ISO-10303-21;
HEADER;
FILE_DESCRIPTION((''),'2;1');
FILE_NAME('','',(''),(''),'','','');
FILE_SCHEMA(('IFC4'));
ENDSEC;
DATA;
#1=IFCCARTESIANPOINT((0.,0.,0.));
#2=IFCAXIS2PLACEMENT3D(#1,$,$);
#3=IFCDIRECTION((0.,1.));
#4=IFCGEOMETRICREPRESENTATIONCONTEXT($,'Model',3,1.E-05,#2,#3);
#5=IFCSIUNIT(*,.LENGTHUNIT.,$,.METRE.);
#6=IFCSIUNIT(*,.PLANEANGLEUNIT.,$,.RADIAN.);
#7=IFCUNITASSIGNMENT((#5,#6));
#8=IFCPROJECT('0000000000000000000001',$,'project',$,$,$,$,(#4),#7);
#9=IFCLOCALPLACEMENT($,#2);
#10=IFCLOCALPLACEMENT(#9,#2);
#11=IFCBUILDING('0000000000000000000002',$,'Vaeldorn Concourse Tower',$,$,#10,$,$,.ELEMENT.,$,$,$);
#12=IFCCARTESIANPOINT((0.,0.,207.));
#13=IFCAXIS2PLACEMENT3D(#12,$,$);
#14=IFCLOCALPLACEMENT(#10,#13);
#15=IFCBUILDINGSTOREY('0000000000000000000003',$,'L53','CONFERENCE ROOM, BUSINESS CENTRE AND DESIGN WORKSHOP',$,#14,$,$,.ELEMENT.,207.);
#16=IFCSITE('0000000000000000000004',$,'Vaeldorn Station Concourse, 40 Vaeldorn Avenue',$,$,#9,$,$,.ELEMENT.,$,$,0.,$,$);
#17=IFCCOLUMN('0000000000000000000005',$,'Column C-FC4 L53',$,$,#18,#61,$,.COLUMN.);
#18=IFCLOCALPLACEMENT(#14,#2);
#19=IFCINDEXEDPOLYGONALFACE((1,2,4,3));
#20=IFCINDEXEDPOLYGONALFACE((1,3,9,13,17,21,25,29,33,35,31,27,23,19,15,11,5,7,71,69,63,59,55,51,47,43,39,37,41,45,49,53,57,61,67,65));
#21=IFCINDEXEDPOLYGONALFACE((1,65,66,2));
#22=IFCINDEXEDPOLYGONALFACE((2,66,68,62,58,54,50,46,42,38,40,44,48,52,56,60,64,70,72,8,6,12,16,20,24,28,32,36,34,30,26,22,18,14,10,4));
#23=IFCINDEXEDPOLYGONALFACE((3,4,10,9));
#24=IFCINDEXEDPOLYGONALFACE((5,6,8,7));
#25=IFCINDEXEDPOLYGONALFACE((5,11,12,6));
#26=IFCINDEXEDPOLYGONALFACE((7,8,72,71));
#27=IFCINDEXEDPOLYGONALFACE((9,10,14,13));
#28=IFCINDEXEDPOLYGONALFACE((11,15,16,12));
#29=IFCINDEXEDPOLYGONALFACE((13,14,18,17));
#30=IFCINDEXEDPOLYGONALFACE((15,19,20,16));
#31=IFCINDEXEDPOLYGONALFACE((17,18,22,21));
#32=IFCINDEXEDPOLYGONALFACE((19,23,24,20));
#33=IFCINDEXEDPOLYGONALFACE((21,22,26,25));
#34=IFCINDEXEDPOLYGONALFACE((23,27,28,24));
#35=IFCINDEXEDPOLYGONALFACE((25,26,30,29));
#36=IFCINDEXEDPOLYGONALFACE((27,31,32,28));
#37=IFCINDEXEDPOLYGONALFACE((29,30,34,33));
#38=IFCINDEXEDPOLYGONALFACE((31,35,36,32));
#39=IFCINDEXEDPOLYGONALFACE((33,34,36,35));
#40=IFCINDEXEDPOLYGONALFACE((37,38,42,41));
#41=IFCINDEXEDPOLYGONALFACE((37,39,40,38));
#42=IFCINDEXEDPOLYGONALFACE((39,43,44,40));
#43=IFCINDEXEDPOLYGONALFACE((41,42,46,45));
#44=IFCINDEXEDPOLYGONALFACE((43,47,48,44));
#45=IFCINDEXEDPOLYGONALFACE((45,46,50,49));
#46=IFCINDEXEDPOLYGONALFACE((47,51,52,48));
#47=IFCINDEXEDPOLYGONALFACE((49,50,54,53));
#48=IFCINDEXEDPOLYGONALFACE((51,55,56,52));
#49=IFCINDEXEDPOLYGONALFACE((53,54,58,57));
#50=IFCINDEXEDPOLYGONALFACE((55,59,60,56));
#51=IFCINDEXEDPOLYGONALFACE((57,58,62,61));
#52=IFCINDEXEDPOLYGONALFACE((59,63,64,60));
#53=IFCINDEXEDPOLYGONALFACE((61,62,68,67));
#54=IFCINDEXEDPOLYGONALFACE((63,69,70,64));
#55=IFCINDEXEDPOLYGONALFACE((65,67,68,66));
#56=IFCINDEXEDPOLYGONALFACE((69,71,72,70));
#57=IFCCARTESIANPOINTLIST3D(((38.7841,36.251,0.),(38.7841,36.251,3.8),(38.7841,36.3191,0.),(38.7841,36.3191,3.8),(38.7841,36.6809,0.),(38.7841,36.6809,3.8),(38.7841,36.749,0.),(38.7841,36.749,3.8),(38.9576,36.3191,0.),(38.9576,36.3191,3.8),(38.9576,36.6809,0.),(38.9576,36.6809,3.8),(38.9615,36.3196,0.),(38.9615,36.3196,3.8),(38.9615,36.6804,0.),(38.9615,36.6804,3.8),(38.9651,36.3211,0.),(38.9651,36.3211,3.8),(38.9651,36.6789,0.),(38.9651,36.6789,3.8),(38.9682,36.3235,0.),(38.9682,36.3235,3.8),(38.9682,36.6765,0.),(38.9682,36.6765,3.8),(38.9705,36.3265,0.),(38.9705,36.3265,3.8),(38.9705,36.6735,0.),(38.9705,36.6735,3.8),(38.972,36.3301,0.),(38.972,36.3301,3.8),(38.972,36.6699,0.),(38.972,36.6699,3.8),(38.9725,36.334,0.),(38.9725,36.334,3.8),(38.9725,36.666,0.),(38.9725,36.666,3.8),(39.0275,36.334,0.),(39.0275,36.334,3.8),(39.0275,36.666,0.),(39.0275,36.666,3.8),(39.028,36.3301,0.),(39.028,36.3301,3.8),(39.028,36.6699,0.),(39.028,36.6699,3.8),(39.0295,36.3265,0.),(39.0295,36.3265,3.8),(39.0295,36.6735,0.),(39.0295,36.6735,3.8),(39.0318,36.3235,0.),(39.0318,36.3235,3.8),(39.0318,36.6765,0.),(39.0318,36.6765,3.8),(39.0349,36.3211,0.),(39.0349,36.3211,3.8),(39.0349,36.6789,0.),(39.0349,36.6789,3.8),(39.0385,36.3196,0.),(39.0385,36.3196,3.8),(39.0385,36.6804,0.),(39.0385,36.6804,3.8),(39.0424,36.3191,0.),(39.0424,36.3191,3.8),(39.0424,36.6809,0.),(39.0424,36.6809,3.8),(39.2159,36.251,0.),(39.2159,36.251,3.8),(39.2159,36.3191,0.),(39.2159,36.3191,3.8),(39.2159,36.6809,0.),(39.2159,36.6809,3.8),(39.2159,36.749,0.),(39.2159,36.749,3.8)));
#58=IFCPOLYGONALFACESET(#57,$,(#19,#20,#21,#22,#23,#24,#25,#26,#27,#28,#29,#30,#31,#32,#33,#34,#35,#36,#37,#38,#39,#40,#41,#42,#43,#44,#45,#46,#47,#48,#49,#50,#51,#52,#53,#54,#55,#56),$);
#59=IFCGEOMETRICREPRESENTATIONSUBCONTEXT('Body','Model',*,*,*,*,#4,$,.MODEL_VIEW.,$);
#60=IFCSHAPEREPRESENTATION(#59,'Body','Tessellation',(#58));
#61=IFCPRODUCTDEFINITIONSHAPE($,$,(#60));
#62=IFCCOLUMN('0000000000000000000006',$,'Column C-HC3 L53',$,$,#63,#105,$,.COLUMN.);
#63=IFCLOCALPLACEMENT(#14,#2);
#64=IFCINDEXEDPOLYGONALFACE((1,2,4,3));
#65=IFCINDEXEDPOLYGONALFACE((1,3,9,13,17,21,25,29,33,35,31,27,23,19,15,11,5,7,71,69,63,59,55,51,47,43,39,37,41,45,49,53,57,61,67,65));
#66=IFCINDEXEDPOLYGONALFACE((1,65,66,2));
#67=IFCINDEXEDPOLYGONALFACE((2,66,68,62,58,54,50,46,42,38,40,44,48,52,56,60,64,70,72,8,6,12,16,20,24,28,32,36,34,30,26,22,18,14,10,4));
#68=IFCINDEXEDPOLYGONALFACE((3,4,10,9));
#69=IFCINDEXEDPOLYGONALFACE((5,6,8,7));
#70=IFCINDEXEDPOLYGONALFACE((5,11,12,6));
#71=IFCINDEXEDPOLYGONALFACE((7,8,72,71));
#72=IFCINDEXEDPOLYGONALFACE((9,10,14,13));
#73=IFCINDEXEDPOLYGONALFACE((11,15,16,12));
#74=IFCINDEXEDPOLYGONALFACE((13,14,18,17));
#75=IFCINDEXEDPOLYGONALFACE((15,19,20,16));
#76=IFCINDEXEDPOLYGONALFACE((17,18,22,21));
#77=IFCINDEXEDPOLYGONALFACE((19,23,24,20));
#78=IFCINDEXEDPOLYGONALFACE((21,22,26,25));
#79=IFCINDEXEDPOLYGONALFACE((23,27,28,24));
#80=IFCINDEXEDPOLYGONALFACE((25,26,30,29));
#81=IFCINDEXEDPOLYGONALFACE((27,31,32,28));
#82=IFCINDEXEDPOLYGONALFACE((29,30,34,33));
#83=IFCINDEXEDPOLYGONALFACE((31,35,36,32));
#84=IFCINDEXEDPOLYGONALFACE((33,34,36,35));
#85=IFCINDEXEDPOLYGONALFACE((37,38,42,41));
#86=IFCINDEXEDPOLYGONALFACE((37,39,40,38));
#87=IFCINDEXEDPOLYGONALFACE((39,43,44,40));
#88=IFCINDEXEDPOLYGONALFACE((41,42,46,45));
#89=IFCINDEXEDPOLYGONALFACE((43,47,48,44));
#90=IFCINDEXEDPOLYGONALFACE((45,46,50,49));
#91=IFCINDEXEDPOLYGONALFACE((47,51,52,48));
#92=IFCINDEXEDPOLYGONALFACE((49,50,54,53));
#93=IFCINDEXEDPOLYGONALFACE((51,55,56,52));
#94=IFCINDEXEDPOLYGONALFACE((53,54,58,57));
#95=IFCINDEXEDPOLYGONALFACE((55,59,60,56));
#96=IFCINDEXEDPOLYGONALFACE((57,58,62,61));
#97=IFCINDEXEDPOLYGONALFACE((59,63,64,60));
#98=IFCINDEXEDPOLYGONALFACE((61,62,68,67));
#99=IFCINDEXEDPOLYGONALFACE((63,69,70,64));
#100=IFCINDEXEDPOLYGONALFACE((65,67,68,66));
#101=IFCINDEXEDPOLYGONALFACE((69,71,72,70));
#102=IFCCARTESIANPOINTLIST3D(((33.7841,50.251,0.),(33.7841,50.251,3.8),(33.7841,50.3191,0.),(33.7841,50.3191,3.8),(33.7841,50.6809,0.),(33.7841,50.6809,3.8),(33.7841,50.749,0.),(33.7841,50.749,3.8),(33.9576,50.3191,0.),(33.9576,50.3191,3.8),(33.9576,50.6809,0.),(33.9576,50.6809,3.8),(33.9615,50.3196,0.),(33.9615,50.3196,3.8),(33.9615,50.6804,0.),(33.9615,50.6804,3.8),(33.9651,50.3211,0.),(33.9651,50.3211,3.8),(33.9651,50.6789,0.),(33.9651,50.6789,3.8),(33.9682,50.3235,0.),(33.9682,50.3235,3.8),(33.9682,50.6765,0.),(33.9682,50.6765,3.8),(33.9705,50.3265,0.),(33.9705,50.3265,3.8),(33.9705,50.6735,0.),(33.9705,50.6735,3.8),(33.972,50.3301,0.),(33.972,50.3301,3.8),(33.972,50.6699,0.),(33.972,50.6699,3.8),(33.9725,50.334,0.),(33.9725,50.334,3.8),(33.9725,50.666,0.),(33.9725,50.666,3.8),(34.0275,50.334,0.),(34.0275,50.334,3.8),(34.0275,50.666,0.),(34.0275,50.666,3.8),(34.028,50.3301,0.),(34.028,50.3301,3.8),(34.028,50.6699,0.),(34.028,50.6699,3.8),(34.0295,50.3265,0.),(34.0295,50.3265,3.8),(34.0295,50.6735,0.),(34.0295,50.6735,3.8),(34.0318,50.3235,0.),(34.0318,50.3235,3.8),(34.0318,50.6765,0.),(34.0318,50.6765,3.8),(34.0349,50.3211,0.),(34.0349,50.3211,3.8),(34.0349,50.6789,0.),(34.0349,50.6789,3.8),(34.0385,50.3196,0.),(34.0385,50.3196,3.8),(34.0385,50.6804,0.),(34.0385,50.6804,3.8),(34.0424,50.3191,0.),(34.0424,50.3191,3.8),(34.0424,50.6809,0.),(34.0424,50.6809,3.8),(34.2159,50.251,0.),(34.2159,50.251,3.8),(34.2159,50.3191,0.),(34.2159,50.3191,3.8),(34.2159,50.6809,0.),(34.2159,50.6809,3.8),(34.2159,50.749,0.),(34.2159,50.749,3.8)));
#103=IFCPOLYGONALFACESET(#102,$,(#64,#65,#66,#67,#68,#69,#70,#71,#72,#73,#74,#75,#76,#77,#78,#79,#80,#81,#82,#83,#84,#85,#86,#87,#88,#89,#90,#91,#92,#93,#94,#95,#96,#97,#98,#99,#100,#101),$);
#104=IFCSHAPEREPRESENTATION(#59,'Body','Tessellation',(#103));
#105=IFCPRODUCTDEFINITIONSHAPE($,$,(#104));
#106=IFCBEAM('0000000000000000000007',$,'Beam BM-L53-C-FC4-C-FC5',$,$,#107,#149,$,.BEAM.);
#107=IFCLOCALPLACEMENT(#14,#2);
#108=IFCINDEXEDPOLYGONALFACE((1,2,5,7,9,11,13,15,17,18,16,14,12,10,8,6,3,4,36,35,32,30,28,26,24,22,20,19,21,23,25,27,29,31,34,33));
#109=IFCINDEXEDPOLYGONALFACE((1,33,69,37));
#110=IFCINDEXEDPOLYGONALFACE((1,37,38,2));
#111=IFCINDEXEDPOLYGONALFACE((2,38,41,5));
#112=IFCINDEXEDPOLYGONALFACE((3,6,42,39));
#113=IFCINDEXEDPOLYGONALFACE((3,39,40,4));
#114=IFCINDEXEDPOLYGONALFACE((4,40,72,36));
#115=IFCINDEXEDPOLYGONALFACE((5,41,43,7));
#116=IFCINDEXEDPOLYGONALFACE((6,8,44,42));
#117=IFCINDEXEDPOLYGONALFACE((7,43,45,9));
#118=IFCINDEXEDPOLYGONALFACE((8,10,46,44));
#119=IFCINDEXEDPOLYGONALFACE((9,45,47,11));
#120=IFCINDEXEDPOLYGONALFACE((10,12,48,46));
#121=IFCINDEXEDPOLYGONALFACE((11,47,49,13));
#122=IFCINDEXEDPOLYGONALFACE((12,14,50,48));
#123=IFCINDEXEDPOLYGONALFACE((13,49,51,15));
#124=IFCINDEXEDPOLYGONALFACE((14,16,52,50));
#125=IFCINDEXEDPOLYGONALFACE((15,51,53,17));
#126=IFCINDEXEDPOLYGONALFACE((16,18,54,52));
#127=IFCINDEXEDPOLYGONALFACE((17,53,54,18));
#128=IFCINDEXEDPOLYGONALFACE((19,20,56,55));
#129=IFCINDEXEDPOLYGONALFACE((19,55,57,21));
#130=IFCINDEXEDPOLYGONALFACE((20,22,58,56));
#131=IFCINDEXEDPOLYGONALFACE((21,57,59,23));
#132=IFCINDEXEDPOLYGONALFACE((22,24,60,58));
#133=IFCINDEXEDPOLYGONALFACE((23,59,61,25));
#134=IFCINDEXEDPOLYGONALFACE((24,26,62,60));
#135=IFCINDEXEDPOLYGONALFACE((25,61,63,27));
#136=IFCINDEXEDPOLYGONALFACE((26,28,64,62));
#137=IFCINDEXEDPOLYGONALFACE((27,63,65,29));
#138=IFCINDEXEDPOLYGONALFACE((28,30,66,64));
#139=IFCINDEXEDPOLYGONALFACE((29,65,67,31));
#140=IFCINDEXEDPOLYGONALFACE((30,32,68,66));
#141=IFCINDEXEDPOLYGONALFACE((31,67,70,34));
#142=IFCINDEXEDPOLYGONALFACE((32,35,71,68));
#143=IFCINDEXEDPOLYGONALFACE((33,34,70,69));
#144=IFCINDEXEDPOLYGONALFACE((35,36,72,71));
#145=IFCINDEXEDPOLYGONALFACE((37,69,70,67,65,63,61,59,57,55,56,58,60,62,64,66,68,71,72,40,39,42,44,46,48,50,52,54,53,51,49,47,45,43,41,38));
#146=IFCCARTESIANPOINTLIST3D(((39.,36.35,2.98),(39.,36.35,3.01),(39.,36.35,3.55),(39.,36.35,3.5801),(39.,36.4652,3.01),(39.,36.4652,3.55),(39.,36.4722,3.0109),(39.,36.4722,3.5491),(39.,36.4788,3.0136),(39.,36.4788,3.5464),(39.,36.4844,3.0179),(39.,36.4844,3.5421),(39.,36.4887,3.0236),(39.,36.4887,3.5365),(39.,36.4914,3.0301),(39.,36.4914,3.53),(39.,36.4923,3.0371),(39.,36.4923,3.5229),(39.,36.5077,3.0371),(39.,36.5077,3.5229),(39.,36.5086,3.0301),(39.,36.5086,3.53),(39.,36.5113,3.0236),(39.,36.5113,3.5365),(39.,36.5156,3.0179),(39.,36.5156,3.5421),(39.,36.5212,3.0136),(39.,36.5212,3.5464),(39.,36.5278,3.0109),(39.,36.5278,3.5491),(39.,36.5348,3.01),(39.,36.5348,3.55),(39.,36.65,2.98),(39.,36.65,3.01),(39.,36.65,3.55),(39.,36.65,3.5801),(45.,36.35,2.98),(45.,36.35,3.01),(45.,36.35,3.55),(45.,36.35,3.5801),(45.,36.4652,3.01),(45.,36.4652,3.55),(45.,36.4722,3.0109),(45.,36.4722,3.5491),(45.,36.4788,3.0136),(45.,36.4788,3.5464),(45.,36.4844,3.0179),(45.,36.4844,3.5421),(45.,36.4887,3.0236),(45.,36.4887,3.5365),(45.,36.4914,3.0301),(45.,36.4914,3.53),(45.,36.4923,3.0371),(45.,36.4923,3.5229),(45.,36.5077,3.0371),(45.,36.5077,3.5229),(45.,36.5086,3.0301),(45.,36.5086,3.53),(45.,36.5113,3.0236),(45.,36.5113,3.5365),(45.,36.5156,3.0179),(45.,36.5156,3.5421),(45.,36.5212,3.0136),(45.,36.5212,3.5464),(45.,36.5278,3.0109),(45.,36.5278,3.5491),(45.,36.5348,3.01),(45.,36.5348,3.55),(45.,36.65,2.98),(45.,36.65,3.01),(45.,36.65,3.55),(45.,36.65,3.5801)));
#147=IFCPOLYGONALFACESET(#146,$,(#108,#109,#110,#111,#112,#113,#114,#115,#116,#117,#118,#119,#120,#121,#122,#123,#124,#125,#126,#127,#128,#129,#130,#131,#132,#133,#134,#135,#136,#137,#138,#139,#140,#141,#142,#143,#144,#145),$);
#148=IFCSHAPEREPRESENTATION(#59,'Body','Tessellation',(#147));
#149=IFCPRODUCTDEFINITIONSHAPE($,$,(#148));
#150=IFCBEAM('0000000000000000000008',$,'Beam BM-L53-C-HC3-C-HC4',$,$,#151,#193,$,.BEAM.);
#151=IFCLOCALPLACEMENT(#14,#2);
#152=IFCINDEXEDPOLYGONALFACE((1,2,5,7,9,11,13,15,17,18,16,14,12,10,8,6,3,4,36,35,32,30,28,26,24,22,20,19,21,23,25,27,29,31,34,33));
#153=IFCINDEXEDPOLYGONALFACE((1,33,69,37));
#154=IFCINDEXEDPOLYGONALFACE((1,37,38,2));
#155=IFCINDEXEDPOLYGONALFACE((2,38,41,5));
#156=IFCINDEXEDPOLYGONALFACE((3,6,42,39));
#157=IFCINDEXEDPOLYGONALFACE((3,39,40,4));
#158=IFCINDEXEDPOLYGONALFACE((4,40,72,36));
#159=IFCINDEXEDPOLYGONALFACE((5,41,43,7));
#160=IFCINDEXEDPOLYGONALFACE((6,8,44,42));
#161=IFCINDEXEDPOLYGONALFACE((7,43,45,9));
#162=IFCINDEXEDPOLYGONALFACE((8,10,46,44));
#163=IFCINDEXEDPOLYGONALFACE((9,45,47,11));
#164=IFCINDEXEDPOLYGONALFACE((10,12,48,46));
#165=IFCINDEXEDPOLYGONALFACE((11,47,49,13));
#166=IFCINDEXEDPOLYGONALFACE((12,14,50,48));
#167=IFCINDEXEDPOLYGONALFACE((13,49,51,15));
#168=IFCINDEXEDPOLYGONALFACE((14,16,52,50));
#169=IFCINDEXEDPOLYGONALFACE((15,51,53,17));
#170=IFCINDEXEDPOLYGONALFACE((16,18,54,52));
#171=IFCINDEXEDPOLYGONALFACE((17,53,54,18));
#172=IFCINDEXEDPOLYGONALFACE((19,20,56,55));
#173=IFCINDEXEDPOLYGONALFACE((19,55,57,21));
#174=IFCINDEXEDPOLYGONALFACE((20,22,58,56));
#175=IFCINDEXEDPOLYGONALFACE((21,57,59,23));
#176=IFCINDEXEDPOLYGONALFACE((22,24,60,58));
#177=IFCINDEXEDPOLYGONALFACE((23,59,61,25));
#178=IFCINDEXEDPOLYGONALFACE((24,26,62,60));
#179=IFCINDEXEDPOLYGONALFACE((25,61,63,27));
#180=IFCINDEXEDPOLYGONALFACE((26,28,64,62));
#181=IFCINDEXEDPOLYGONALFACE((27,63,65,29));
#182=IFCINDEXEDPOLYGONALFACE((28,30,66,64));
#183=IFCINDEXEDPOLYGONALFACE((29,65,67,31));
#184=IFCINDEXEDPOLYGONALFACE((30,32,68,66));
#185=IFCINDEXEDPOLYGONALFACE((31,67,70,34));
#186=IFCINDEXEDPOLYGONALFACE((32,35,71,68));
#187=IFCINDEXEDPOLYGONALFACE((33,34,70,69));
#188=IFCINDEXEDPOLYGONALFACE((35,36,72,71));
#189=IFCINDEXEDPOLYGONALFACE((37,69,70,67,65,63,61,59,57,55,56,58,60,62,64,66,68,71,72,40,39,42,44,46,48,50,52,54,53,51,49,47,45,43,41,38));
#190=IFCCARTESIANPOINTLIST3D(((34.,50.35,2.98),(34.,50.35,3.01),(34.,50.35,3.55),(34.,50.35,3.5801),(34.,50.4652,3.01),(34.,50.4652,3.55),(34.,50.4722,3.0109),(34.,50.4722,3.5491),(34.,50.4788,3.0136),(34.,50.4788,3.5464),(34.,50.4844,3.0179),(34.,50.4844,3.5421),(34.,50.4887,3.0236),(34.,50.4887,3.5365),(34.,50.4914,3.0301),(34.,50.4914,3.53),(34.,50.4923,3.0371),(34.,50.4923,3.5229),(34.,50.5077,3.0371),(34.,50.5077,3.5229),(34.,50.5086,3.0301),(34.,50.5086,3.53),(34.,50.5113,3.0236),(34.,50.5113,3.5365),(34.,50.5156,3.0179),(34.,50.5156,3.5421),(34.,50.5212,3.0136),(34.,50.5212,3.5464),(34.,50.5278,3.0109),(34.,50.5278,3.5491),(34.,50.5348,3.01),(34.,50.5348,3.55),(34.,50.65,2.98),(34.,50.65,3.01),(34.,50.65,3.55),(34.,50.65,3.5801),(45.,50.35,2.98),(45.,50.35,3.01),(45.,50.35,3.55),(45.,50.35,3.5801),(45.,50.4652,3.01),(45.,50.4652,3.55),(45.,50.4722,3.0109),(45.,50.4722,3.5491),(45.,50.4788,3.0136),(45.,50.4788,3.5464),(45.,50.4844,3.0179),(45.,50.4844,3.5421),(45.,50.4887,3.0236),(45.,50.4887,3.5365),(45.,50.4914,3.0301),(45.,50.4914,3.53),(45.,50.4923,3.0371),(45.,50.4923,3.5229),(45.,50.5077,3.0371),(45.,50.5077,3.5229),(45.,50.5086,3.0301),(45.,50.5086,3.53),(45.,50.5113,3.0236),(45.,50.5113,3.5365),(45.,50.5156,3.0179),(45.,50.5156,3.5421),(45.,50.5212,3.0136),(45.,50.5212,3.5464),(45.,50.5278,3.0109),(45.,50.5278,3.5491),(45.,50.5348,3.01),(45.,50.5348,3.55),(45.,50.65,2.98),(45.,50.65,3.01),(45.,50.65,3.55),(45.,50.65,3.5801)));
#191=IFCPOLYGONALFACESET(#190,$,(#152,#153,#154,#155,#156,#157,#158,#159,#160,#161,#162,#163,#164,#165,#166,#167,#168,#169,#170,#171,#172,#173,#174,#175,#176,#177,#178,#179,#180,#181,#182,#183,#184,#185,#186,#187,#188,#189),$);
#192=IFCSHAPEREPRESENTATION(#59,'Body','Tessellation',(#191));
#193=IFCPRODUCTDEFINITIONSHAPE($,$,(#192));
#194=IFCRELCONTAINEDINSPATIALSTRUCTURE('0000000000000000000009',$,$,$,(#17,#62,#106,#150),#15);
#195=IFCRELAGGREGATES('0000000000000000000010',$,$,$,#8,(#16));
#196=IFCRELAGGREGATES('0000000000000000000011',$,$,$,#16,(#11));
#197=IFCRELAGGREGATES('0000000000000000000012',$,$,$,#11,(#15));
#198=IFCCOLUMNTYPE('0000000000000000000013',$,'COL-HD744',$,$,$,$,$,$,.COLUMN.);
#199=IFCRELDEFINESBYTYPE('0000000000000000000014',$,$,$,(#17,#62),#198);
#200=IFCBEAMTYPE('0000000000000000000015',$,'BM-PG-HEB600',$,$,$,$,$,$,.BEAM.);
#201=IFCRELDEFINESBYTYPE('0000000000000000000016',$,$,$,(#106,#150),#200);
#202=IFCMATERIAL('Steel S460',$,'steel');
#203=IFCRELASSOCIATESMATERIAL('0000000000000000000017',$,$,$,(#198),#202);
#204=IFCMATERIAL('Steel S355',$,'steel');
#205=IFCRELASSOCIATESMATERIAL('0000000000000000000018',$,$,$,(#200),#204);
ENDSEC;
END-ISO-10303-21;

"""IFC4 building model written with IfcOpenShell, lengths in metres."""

from ifc_helpers import new_model, si_unit, direction, frame, origin, origin_2d, place, context, subcontext, project, spatial, i_section, extrude, source, transform, mapped, material, material_profile, profile_set, type_object, element, save


model = new_model("IFC4")

# Units and contexts
model_context = context("Model", 3, precision=1e-05, world=origin(), true_north=direction((0.0, 1.0)))
body_context = subcontext(model_context, "Body", "Model", "MODEL_VIEW")
ifc_project = project(units=[si_unit("LENGTHUNIT", "METRE"), si_unit("PLANEANGLEUNIT", "RADIAN")], contexts=[model_context])

# Site, building, storey
site_placement = place(None, origin())
site = spatial("IfcSite", under=ifc_project, at=site_placement, Name="Vaeldorn Station Concourse, 40 Vaeldorn Avenue", CompositionType="ELEMENT", RefElevation=0.0)
building_placement = place(site_placement, origin())
building = spatial("IfcBuilding", under=site, at=building_placement, Name="Vaeldorn Concourse Tower", CompositionType="ELEMENT")
storey_placement = place(building_placement, frame((0.0, 0.0, 207.0)))
storey = spatial("IfcBuildingStorey", under=building, at=storey_placement, Name="L53", Description="CONFERENCE ROOM, BUSINESS CENTRE AND DESIGN WORKSHOP", CompositionType="ELEMENT", Elevation=207.0)

# Columns
ifc_material_1 = material(Name="Steel S460", Category="steel")
ifc_material_profile_1 = material_profile(ifc_material_1, i_section(OverallWidth=0.4319, OverallDepth=0.498, WebThickness=0.0549, FlangeThickness=0.0681, FilletRadius=0.0149, at=origin_2d()), Name="HD 400x744")
ifc_profile_set_1 = profile_set([ifc_material_profile_1], Name="Steel S460")
column_type = type_object("IfcColumnType", Name="COL-HD744", PredefinedType="COLUMN", material=ifc_profile_set_1)
shared_shape_1 = source(origin(), body_context, "Body", "SweptSolid", [
    extrude(i_section(OverallWidth=0.4319, OverallDepth=0.498, WebThickness=0.0549, FlangeThickness=0.0681, FilletRadius=0.0149, at=origin_2d()), origin(), (0.0, 0.0, 1.0), 3.8),
])
for number, where, z_axis, x_axis, name in (
    (1, (39.0, 36.5, 0.0), (0.0, 0.0, 1.0), (1.0, 0.0, 0.0), "Column C-FC4 L53"),
    (2, (34.0, 50.5, 0.0), (0.0, 0.0, 1.0), (1.0, 0.0, 0.0), "Column C-HC3 L53"),
):
    element("IfcColumn", number, at=place(storey_placement, frame(where, z_axis=z_axis, x_axis=x_axis)), inside=storey, type_object=column_type, Name=name, PredefinedType="COLUMN", context=body_context, shape_type="MappedRepresentation", body=[
        mapped(shared_shape_1, transform((0.0, 0.0, 0.0), scale=1.0)),
    ])

# Beams
ifc_material_2 = material(Name="Steel S355", Category="steel")
ifc_material_profile_2 = material_profile(ifc_material_2, i_section(OverallWidth=0.3, OverallDepth=0.6001, WebThickness=0.0154, FlangeThickness=0.03, FilletRadius=0.0271, at=origin_2d()), Name="HEB 600")
ifc_profile_set_2 = profile_set([ifc_material_profile_2], Name="Steel S355")
beam_type_1 = type_object("IfcBeamType", Name="BM-PG-HEB600", PredefinedType="BEAM", material=ifc_profile_set_2)
shared_shape_2 = source(origin(), body_context, "Body", "SweptSolid", [
    extrude(i_section(OverallWidth=0.3, OverallDepth=0.6001, WebThickness=0.0154, FlangeThickness=0.03, FilletRadius=0.0271, at=origin_2d()), origin(), (0.0, 0.0, 1.0), 6.0),
])
beam_1_placement = place(storey_placement, frame((39.0, 36.5, 3.28), z_axis=(1.0, 0.0, 0.0), x_axis=(0.0, 1.0, 0.0)))
element("IfcBeam", 3, at=beam_1_placement, inside=storey, type_object=beam_type_1, Name="Beam BM-L53-C-FC4-C-FC5", PredefinedType="BEAM", context=body_context, shape_type="MappedRepresentation", body=[
    mapped(shared_shape_2, transform((0.0, 0.0, 0.0), scale=1.0)),
])
shared_shape_3 = source(origin(), body_context, "Body", "SweptSolid", [
    extrude(i_section(OverallWidth=0.3, OverallDepth=0.6001, WebThickness=0.0154, FlangeThickness=0.03, FilletRadius=0.0271, at=origin_2d()), origin(), (0.0, 0.0, 1.0), 11.0),
])
beam_2_placement = place(storey_placement, frame((34.0, 50.5, 3.28), z_axis=(1.0, 0.0, 0.0), x_axis=(0.0, 1.0, 0.0)))
element("IfcBeam", 4, at=beam_2_placement, inside=storey, type_object=beam_type_1, Name="Beam BM-L53-C-HC3-C-HC4", PredefinedType="BEAM", context=body_context, shape_type="MappedRepresentation", body=[
    mapped(shared_shape_3, transform((0.0, 0.0, 0.0), scale=1.0)),
])

save(model, "model.ifc")
